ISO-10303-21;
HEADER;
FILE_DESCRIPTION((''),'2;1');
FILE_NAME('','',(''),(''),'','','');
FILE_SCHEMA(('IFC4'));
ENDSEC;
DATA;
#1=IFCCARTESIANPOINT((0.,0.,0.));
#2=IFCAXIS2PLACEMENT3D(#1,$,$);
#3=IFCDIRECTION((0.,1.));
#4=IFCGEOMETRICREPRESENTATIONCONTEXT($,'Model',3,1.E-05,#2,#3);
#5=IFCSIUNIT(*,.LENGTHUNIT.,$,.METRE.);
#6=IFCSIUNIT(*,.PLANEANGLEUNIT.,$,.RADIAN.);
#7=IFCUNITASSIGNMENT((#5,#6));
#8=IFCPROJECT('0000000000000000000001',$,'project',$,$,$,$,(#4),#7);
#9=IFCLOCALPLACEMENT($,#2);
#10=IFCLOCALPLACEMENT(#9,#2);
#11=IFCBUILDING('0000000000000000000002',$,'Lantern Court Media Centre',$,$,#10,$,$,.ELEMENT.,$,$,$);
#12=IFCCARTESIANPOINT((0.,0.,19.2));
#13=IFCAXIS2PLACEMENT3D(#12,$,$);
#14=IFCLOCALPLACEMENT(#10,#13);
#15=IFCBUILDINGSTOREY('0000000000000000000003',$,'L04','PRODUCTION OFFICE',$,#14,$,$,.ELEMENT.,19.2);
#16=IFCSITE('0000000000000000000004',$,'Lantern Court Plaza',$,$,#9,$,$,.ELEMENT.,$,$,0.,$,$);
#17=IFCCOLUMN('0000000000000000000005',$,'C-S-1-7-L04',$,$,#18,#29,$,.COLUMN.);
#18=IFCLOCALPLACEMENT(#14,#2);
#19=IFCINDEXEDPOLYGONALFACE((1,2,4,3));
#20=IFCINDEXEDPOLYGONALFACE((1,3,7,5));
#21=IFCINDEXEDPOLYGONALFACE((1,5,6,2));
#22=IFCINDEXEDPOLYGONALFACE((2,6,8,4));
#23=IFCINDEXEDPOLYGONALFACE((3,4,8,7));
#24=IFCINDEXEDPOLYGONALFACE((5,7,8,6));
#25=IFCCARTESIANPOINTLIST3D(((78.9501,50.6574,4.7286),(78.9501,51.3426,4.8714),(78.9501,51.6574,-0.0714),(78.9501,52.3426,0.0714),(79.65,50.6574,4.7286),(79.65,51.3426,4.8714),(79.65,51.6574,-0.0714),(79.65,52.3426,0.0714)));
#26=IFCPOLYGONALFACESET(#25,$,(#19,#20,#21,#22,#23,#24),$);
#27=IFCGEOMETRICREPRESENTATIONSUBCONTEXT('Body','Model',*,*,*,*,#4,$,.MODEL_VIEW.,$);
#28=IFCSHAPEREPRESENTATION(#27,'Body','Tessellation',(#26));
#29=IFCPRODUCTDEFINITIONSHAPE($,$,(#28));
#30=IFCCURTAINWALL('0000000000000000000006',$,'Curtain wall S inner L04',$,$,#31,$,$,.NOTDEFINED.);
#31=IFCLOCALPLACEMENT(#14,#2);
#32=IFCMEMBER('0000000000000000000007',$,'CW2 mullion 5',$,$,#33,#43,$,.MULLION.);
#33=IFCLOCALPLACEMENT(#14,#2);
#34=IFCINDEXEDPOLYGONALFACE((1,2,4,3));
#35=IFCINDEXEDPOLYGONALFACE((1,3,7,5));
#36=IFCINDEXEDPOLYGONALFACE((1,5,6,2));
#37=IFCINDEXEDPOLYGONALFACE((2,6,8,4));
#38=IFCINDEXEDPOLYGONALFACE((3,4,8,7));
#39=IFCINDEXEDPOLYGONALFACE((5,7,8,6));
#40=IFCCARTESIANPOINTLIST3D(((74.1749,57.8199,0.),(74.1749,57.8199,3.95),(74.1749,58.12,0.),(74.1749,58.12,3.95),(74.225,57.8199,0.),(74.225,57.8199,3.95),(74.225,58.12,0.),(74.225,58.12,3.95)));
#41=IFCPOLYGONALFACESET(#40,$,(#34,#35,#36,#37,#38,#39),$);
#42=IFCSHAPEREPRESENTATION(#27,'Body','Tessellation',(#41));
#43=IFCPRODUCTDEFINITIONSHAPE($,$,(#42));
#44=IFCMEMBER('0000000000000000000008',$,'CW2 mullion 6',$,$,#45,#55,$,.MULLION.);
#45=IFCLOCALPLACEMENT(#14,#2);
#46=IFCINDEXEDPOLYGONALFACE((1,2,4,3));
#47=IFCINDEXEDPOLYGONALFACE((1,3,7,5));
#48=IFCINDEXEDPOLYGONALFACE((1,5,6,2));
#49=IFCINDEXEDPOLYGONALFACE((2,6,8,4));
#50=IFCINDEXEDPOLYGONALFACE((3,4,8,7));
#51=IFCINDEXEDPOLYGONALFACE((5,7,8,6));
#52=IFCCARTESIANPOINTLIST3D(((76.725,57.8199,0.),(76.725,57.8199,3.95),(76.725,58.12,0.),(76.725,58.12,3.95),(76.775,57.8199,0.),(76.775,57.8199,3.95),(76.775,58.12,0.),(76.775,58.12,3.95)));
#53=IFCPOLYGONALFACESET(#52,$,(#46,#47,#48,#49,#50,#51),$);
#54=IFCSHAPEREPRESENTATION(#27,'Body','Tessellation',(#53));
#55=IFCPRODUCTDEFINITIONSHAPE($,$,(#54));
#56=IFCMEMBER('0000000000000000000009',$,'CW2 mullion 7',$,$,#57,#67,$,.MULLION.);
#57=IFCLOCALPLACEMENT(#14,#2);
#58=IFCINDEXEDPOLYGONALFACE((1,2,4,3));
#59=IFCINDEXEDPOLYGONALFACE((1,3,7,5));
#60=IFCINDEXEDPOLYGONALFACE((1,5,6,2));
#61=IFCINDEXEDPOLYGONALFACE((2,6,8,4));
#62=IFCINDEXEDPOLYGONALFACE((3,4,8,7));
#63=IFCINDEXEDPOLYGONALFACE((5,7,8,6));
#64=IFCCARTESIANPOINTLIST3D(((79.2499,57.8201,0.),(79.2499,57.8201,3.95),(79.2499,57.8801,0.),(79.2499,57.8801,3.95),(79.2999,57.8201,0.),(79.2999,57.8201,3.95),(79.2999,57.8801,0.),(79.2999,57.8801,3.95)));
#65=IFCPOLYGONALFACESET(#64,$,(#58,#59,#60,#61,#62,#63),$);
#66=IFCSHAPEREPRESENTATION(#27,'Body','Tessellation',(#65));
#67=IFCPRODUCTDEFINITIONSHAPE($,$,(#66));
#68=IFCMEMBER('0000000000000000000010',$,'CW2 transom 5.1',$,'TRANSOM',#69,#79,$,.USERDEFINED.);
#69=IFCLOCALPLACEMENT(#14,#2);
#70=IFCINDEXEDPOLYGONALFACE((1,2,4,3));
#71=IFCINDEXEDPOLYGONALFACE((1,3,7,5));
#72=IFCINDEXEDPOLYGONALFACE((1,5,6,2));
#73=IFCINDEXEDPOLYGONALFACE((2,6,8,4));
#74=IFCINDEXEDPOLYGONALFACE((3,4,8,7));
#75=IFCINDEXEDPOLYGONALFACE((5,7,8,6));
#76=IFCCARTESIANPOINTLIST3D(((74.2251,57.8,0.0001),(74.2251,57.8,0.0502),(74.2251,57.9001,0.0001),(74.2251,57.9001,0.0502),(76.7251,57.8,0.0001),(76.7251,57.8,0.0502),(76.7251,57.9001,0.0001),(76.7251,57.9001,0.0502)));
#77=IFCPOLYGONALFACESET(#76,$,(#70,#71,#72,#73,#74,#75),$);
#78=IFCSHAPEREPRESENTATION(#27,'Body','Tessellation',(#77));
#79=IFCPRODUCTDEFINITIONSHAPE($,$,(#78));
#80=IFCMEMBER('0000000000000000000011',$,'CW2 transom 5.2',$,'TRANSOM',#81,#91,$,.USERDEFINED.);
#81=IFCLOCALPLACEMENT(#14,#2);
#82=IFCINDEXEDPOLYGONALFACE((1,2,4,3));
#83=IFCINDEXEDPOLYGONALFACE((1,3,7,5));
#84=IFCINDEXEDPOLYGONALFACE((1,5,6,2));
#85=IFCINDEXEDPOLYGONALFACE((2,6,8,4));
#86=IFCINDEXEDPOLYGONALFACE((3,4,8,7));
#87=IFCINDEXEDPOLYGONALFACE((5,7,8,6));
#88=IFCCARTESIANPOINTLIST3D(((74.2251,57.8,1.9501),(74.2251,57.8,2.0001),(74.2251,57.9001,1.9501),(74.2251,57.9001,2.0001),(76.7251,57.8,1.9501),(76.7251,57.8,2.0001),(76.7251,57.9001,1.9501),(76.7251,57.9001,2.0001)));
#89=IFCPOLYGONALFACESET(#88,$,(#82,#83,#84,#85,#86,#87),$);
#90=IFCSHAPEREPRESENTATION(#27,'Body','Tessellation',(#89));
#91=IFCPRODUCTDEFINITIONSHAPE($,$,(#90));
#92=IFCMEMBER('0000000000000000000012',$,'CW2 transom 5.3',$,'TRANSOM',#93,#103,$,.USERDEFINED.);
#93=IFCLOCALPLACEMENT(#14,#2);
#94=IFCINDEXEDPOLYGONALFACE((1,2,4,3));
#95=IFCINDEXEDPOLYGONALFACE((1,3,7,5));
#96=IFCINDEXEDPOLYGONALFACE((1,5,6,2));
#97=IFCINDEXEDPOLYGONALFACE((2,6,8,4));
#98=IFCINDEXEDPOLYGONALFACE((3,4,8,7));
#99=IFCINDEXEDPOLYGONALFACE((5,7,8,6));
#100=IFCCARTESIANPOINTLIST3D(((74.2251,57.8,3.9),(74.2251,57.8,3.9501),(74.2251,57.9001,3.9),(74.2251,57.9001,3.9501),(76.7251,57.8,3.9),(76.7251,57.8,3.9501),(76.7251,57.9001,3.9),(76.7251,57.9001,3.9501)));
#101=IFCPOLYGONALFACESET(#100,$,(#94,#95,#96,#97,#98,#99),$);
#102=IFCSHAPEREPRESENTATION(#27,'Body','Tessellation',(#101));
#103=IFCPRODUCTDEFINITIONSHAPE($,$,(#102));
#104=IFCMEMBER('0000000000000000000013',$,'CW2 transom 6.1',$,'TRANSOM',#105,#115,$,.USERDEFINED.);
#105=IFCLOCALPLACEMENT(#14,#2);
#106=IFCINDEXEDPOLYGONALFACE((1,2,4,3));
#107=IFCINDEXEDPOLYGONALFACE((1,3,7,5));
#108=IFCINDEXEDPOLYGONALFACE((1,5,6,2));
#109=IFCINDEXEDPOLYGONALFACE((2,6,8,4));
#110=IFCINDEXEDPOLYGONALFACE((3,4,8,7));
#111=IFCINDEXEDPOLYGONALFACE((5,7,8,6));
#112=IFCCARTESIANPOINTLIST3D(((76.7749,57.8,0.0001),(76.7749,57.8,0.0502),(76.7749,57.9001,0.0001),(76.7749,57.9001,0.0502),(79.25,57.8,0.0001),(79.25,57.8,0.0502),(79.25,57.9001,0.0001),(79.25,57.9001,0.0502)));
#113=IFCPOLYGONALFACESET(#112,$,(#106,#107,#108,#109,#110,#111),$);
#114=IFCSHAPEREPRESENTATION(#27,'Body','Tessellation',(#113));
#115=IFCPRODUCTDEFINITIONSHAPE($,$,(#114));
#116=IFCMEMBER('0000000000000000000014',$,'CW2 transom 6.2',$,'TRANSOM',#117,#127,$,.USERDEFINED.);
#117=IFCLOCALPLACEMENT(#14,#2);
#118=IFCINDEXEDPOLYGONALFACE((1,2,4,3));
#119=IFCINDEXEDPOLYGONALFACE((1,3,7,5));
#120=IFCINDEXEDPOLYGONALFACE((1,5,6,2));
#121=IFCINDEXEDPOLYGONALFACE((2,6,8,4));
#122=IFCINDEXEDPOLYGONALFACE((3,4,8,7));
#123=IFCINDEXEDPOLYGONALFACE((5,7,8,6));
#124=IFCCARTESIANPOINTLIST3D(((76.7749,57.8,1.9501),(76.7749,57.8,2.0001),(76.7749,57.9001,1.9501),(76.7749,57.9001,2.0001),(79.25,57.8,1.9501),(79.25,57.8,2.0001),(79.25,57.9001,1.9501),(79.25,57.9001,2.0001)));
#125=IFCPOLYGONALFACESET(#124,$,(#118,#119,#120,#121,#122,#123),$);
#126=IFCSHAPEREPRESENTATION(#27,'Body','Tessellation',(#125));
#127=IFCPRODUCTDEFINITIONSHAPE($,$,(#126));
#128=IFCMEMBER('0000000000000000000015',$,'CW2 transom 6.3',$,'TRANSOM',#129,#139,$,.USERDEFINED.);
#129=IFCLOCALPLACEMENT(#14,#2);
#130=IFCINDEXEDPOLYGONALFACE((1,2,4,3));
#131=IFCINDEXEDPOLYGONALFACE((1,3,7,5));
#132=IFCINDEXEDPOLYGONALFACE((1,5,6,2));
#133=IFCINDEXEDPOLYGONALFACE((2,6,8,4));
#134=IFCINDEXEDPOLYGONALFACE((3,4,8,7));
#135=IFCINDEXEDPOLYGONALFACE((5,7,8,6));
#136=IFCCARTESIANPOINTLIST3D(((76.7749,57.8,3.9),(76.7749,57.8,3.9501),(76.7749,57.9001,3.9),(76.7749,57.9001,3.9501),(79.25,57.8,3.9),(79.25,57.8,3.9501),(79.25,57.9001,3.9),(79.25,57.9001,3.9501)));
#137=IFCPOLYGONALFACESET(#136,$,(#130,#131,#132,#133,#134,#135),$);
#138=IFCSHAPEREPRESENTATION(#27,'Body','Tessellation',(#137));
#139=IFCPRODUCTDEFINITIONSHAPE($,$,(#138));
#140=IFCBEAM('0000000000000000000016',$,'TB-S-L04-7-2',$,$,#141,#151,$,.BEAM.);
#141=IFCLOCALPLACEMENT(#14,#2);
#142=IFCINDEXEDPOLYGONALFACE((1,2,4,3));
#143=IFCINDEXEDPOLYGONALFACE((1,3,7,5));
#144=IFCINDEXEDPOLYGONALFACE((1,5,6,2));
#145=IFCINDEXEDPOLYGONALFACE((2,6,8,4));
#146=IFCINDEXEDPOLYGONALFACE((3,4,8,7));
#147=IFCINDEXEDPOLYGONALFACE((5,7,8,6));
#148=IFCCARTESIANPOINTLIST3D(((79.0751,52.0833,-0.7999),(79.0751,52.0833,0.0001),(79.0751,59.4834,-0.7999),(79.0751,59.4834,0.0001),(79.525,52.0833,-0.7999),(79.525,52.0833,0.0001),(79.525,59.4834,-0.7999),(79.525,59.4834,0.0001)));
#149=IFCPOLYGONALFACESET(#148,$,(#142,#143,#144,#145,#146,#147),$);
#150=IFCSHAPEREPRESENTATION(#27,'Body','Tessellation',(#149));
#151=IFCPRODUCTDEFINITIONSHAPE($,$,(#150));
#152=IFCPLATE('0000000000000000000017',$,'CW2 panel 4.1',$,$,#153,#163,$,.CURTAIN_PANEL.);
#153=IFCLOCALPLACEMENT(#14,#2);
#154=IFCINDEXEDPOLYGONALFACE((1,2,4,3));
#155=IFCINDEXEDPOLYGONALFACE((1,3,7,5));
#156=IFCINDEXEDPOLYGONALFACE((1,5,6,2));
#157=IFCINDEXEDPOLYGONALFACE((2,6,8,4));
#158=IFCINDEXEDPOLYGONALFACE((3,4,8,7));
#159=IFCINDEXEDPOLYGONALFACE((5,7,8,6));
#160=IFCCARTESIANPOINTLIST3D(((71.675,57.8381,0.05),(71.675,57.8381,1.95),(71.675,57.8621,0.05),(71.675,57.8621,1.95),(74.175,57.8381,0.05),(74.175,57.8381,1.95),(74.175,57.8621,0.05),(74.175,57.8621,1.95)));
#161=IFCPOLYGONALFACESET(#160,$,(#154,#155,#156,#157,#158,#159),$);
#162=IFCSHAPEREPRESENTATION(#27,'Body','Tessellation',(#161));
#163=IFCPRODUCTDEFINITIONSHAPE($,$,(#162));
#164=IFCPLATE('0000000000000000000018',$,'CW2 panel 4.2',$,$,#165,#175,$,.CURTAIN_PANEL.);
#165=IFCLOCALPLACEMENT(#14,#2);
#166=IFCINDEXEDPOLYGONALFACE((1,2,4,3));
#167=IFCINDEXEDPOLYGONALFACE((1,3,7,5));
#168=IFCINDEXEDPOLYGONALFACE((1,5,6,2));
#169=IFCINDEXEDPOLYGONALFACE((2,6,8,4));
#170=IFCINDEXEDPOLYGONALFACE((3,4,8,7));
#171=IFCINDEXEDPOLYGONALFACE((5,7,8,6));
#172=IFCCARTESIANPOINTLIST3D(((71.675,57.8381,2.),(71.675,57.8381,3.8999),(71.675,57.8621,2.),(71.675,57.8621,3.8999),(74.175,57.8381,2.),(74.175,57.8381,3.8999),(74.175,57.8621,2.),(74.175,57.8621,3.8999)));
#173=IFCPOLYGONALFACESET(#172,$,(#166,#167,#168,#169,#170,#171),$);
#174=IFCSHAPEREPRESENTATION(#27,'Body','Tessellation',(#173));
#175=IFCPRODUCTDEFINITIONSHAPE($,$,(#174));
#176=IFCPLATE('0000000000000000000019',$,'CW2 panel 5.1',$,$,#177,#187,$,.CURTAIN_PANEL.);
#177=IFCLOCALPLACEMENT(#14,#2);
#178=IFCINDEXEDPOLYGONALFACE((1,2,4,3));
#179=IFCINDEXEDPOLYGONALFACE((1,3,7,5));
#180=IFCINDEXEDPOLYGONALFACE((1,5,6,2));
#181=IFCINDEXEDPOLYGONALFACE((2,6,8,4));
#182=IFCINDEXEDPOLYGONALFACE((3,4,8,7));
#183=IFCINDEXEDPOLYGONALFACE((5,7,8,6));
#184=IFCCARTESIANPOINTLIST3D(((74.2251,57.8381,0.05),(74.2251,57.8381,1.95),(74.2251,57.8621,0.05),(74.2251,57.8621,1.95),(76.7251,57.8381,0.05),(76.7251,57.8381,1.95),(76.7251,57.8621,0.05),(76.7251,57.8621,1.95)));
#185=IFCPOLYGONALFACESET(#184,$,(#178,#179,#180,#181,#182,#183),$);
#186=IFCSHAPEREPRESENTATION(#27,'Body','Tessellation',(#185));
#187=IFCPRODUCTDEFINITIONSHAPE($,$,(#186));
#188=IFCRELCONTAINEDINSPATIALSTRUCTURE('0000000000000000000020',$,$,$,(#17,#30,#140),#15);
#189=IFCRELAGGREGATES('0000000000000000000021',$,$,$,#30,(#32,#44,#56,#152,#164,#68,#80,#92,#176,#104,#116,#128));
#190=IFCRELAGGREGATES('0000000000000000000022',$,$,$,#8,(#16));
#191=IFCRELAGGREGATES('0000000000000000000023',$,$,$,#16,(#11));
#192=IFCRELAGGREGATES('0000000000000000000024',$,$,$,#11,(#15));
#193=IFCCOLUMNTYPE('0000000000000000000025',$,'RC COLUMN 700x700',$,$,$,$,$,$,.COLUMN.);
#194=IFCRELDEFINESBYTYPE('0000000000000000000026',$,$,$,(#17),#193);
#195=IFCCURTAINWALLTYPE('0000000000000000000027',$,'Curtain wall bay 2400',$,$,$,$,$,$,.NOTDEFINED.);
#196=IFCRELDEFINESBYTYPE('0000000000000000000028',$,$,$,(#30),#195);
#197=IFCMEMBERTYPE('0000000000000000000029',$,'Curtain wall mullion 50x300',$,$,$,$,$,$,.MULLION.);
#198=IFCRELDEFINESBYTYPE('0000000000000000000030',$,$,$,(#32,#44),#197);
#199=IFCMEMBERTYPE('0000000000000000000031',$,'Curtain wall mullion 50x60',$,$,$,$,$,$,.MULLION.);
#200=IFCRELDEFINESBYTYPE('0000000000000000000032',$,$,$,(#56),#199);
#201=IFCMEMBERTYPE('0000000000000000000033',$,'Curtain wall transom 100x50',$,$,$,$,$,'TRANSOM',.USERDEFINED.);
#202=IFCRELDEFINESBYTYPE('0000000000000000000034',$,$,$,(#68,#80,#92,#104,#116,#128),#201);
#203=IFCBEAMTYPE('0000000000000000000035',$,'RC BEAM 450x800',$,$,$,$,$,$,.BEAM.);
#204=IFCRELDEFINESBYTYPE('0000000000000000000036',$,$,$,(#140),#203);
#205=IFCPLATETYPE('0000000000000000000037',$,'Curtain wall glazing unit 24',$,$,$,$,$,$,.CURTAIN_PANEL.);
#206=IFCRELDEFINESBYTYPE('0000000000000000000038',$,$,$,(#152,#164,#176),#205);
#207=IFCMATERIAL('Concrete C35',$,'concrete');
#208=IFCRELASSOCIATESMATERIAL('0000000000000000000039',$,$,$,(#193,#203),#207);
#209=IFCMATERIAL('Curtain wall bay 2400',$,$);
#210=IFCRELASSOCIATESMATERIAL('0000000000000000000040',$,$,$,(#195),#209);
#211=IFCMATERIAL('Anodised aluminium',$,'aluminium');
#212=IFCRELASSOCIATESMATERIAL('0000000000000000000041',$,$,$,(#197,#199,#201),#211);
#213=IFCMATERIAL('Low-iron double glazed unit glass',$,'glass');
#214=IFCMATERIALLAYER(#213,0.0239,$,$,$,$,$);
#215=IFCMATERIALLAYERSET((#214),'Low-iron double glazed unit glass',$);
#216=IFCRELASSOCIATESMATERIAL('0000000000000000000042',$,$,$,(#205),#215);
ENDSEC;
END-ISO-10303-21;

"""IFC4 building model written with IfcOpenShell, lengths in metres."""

from ifc_helpers import new_model, si_unit, direction, frame, origin, origin_2d, place, context, subcontext, project, spatial, rectangle, extrude, material, layer, layer_set, material_profile, profile_set, type_object, element, aggregate, save


model = new_model("IFC4")

# Units and contexts
model_context = context("Model", 3, precision=1e-05, world=origin(), true_north=direction((0.0, 1.0)))
body_context = subcontext(model_context, "Body", "Model", "MODEL_VIEW")
ifc_project = project(units=[si_unit("LENGTHUNIT", "METRE"), si_unit("PLANEANGLEUNIT", "RADIAN")], contexts=[model_context])

# Site, building, storey
site_placement = place(None, origin())
site = spatial("IfcSite", under=ifc_project, at=site_placement, Name="Lantern Court Plaza", CompositionType="ELEMENT", RefElevation=0.0)
building_placement = place(site_placement, origin())
building = spatial("IfcBuilding", under=site, at=building_placement, Name="Lantern Court Media Centre", CompositionType="ELEMENT")
storey_placement = place(building_placement, frame((0.0, 0.0, 19.2)))
storey = spatial("IfcBuildingStorey", under=building, at=storey_placement, Name="L04", Description="PRODUCTION OFFICE", CompositionType="ELEMENT", Elevation=19.2)

# Column
ifc_material_1 = material(Name="Concrete C35", Category="concrete")
ifc_material_profile_1 = material_profile(ifc_material_1, rectangle(XDim=0.7, YDim=0.7, at=origin_2d()), Name="RC 700x700")
ifc_profile_set_1 = profile_set([ifc_material_profile_1], Name="Concrete C35")
column_type = type_object("IfcColumnType", Name="RC COLUMN 700x700", PredefinedType="COLUMN", material=ifc_profile_set_1)
column_placement = place(storey_placement, frame((79.3, 52.0, 0.0), z_axis=(0.0, -0.203952, 0.978981), x_axis=(1.0, 0.0, 0.0)))
element("IfcColumn", 1, at=column_placement, inside=storey, type_object=column_type, Name="C-S-1-7-L04", PredefinedType="COLUMN", context=body_context, shape_type="SweptSolid", body=[
    extrude(rectangle(XDim=0.7, YDim=0.7, at=origin_2d()), origin(), (0.0, 0.0, 1.0), 4.9031),
])

# Curtain wall, members
ifc_material_2 = material(Name="Curtain wall bay 2400")
curtain_wall_type = type_object("IfcCurtainWallType", Name="Curtain wall bay 2400", PredefinedType="NOTDEFINED", material=ifc_material_2)
curtain_wall_placement = place(storey_placement, origin())
curtain_wall = element("IfcCurtainWall", 2, at=curtain_wall_placement, inside=storey, type_object=curtain_wall_type, Name="Curtain wall S inner L04", PredefinedType="NOTDEFINED")
ifc_material_3 = material(Name="Anodised aluminium", Category="aluminium")
ifc_material_profile_2 = material_profile(ifc_material_3, rectangle(XDim=0.3, YDim=0.05, at=origin_2d()), Name="AL 50x300")
ifc_profile_set_2 = profile_set([ifc_material_profile_2], Name="Anodised aluminium")
member_type_1 = type_object("IfcMemberType", Name="Curtain wall mullion 50x300", PredefinedType="MULLION", material=ifc_profile_set_2)
member_1_placement = place(storey_placement, frame((74.2, 57.97, 0.0), z_axis=(0.0, 0.0, 1.0), x_axis=(0.0, 1.0, 0.0)))
member_1 = element("IfcMember", 3, at=member_1_placement, type_object=member_type_1, Name="CW2 mullion 5", PredefinedType="MULLION", context=body_context, shape_type="SweptSolid", body=[
    extrude(rectangle(XDim=0.3, YDim=0.05, at=origin_2d()), origin(), (0.0, 0.0, 1.0), 3.95),
])
member_2_placement = place(storey_placement, frame((76.75, 57.97, 0.0), z_axis=(0.0, 0.0, 1.0), x_axis=(0.0, 1.0, 0.0)))
member_2 = element("IfcMember", 4, at=member_2_placement, type_object=member_type_1, Name="CW2 mullion 6", PredefinedType="MULLION", context=body_context, shape_type="SweptSolid", body=[
    extrude(rectangle(XDim=0.3, YDim=0.05, at=origin_2d()), origin(), (0.0, 0.0, 1.0), 3.95),
])
ifc_material_profile_3 = material_profile(ifc_material_3, rectangle(XDim=0.0601, YDim=0.05, at=origin_2d()), Name="AL 50x60")
ifc_profile_set_3 = profile_set([ifc_material_profile_3], Name="Anodised aluminium")
member_type_2 = type_object("IfcMemberType", Name="Curtain wall mullion 50x60", PredefinedType="MULLION", material=ifc_profile_set_3)
member_3_placement = place(storey_placement, frame((79.2749, 57.8501, 0.0), z_axis=(0.0, 0.0, 1.0), x_axis=(0.0, 1.0, 0.0)))
member_3 = element("IfcMember", 5, at=member_3_placement, type_object=member_type_2, Name="CW2 mullion 7", PredefinedType="MULLION", context=body_context, shape_type="SweptSolid", body=[
    extrude(rectangle(XDim=0.0601, YDim=0.05, at=origin_2d()), origin(), (0.0, 0.0, 1.0), 3.95),
])
ifc_material_profile_4 = material_profile(ifc_material_3, rectangle(XDim=0.1001, YDim=0.05, at=origin_2d()), Name="AL 50x100")
ifc_profile_set_4 = profile_set([ifc_material_profile_4], Name="Anodised aluminium")
member_type_3 = type_object("IfcMemberType", Name="Curtain wall transom 100x50", ElementType="TRANSOM", PredefinedType="USERDEFINED", material=ifc_profile_set_4)
member_4_placement = place(storey_placement, frame((74.2251, 57.8501, 0.0251), z_axis=(1.0, 0.0, 0.0), x_axis=(0.0, 1.0, 0.0)))
member_4 = element("IfcMember", 6, at=member_4_placement, type_object=member_type_3, Name="CW2 transom 5.1", ObjectType="TRANSOM", PredefinedType="USERDEFINED", context=body_context, shape_type="SweptSolid", body=[
    extrude(rectangle(XDim=0.1001, YDim=0.05, at=origin_2d()), origin(), (0.0, 0.0, 1.0), 2.5),
])
member_5_placement = place(storey_placement, frame((74.2251, 57.8501, 1.9751), z_axis=(1.0, 0.0, 0.0), x_axis=(0.0, 1.0, 0.0)))
member_5 = element("IfcMember", 7, at=member_5_placement, type_object=member_type_3, Name="CW2 transom 5.2", ObjectType="TRANSOM", PredefinedType="USERDEFINED", context=body_context, shape_type="SweptSolid", body=[
    extrude(rectangle(XDim=0.1001, YDim=0.05, at=origin_2d()), origin(), (0.0, 0.0, 1.0), 2.5),
])
member_6_placement = place(storey_placement, frame((74.2251, 57.8501, 3.925), z_axis=(1.0, 0.0, 0.0), x_axis=(0.0, 1.0, 0.0)))
member_6 = element("IfcMember", 8, at=member_6_placement, type_object=member_type_3, Name="CW2 transom 5.3", ObjectType="TRANSOM", PredefinedType="USERDEFINED", context=body_context, shape_type="SweptSolid", body=[
    extrude(rectangle(XDim=0.1001, YDim=0.05, at=origin_2d()), origin(), (0.0, 0.0, 1.0), 2.5),
])
member_7_placement = place(storey_placement, frame((76.7749, 57.8501, 0.0251), z_axis=(1.0, 0.0, 0.0), x_axis=(0.0, 1.0, 0.0)))
member_7 = element("IfcMember", 9, at=member_7_placement, type_object=member_type_3, Name="CW2 transom 6.1", ObjectType="TRANSOM", PredefinedType="USERDEFINED", context=body_context, shape_type="SweptSolid", body=[
    extrude(rectangle(XDim=0.1001, YDim=0.05, at=origin_2d()), origin(), (0.0, 0.0, 1.0), 2.4751),
])
member_8_placement = place(storey_placement, frame((76.7749, 57.8501, 1.9751), z_axis=(1.0, 0.0, 0.0), x_axis=(0.0, 1.0, 0.0)))
member_8 = element("IfcMember", 10, at=member_8_placement, type_object=member_type_3, Name="CW2 transom 6.2", ObjectType="TRANSOM", PredefinedType="USERDEFINED", context=body_context, shape_type="SweptSolid", body=[
    extrude(rectangle(XDim=0.1001, YDim=0.05, at=origin_2d()), origin(), (0.0, 0.0, 1.0), 2.4751),
])
member_9_placement = place(storey_placement, frame((76.7749, 57.8501, 3.925), z_axis=(1.0, 0.0, 0.0), x_axis=(0.0, 1.0, 0.0)))
member_9 = element("IfcMember", 11, at=member_9_placement, type_object=member_type_3, Name="CW2 transom 6.3", ObjectType="TRANSOM", PredefinedType="USERDEFINED", context=body_context, shape_type="SweptSolid", body=[
    extrude(rectangle(XDim=0.1001, YDim=0.05, at=origin_2d()), origin(), (0.0, 0.0, 1.0), 2.4751),
])

# Beam
ifc_material_profile_5 = material_profile(ifc_material_1, rectangle(XDim=0.45, YDim=0.8, at=origin_2d()), Name="RC 450x800")
ifc_profile_set_5 = profile_set([ifc_material_profile_5], Name="Concrete C35")
beam_type = type_object("IfcBeamType", Name="RC BEAM 450x800", PredefinedType="BEAM", material=ifc_profile_set_5)
beam_placement = place(storey_placement, frame((79.3, 52.0833, -0.3999), z_axis=(0.0, 1.0, 0.0), x_axis=(-1.0, 0.0, 0.0)))
element("IfcBeam", 12, at=beam_placement, inside=storey, type_object=beam_type, Name="TB-S-L04-7-2", PredefinedType="BEAM", context=body_context, shape_type="SweptSolid", body=[
    extrude(rectangle(XDim=0.45, YDim=0.8, at=origin_2d()), origin(), (0.0, 0.0, 1.0), 7.4001),
])

# Plates
ifc_material_4 = material(Name="Low-iron double glazed unit glass", Category="glass")
ifc_layer_1 = layer(ifc_material_4, 0.0239)
ifc_layer_set_1 = layer_set([ifc_layer_1], Name="Low-iron double glazed unit glass")
plate_type = type_object("IfcPlateType", Name="Curtain wall glazing unit 24", PredefinedType="CURTAIN_PANEL", material=ifc_layer_set_1)
plate_1_placement = place(storey_placement, frame((72.925, 57.8501, 0.05), z_axis=(0.0, 0.0, 1.0), x_axis=(1.0, 0.0, 0.0)))
plate_1 = element("IfcPlate", 13, at=plate_1_placement, type_object=plate_type, Name="CW2 panel 4.1", PredefinedType="CURTAIN_PANEL", context=body_context, shape_type="SweptSolid", body=[
    extrude(rectangle(XDim=2.5, YDim=0.0239, at=origin_2d()), origin(), (0.0, 0.0, 1.0), 1.8999),
])
plate_2_placement = place(storey_placement, frame((72.925, 57.8501, 2.0), z_axis=(0.0, 0.0, 1.0), x_axis=(1.0, 0.0, 0.0)))
plate_2 = element("IfcPlate", 14, at=plate_2_placement, type_object=plate_type, Name="CW2 panel 4.2", PredefinedType="CURTAIN_PANEL", context=body_context, shape_type="SweptSolid", body=[
    extrude(rectangle(XDim=2.5, YDim=0.0239, at=origin_2d()), origin(), (0.0, 0.0, 1.0), 1.8999),
])
plate_3_placement = place(storey_placement, frame((75.4751, 57.8501, 0.05), z_axis=(0.0, 0.0, 1.0), x_axis=(1.0, 0.0, 0.0)))
plate_3 = element("IfcPlate", 15, at=plate_3_placement, type_object=plate_type, Name="CW2 panel 5.1", PredefinedType="CURTAIN_PANEL", context=body_context, shape_type="SweptSolid", body=[
    extrude(rectangle(XDim=2.5, YDim=0.0239, at=origin_2d()), origin(), (0.0, 0.0, 1.0), 1.8999),
])
aggregate(curtain_wall, [member_1, member_2, member_3, plate_1, plate_2, member_4, member_5, member_6, plate_3, member_7, member_8, member_9])

save(model, "model.ifc")
